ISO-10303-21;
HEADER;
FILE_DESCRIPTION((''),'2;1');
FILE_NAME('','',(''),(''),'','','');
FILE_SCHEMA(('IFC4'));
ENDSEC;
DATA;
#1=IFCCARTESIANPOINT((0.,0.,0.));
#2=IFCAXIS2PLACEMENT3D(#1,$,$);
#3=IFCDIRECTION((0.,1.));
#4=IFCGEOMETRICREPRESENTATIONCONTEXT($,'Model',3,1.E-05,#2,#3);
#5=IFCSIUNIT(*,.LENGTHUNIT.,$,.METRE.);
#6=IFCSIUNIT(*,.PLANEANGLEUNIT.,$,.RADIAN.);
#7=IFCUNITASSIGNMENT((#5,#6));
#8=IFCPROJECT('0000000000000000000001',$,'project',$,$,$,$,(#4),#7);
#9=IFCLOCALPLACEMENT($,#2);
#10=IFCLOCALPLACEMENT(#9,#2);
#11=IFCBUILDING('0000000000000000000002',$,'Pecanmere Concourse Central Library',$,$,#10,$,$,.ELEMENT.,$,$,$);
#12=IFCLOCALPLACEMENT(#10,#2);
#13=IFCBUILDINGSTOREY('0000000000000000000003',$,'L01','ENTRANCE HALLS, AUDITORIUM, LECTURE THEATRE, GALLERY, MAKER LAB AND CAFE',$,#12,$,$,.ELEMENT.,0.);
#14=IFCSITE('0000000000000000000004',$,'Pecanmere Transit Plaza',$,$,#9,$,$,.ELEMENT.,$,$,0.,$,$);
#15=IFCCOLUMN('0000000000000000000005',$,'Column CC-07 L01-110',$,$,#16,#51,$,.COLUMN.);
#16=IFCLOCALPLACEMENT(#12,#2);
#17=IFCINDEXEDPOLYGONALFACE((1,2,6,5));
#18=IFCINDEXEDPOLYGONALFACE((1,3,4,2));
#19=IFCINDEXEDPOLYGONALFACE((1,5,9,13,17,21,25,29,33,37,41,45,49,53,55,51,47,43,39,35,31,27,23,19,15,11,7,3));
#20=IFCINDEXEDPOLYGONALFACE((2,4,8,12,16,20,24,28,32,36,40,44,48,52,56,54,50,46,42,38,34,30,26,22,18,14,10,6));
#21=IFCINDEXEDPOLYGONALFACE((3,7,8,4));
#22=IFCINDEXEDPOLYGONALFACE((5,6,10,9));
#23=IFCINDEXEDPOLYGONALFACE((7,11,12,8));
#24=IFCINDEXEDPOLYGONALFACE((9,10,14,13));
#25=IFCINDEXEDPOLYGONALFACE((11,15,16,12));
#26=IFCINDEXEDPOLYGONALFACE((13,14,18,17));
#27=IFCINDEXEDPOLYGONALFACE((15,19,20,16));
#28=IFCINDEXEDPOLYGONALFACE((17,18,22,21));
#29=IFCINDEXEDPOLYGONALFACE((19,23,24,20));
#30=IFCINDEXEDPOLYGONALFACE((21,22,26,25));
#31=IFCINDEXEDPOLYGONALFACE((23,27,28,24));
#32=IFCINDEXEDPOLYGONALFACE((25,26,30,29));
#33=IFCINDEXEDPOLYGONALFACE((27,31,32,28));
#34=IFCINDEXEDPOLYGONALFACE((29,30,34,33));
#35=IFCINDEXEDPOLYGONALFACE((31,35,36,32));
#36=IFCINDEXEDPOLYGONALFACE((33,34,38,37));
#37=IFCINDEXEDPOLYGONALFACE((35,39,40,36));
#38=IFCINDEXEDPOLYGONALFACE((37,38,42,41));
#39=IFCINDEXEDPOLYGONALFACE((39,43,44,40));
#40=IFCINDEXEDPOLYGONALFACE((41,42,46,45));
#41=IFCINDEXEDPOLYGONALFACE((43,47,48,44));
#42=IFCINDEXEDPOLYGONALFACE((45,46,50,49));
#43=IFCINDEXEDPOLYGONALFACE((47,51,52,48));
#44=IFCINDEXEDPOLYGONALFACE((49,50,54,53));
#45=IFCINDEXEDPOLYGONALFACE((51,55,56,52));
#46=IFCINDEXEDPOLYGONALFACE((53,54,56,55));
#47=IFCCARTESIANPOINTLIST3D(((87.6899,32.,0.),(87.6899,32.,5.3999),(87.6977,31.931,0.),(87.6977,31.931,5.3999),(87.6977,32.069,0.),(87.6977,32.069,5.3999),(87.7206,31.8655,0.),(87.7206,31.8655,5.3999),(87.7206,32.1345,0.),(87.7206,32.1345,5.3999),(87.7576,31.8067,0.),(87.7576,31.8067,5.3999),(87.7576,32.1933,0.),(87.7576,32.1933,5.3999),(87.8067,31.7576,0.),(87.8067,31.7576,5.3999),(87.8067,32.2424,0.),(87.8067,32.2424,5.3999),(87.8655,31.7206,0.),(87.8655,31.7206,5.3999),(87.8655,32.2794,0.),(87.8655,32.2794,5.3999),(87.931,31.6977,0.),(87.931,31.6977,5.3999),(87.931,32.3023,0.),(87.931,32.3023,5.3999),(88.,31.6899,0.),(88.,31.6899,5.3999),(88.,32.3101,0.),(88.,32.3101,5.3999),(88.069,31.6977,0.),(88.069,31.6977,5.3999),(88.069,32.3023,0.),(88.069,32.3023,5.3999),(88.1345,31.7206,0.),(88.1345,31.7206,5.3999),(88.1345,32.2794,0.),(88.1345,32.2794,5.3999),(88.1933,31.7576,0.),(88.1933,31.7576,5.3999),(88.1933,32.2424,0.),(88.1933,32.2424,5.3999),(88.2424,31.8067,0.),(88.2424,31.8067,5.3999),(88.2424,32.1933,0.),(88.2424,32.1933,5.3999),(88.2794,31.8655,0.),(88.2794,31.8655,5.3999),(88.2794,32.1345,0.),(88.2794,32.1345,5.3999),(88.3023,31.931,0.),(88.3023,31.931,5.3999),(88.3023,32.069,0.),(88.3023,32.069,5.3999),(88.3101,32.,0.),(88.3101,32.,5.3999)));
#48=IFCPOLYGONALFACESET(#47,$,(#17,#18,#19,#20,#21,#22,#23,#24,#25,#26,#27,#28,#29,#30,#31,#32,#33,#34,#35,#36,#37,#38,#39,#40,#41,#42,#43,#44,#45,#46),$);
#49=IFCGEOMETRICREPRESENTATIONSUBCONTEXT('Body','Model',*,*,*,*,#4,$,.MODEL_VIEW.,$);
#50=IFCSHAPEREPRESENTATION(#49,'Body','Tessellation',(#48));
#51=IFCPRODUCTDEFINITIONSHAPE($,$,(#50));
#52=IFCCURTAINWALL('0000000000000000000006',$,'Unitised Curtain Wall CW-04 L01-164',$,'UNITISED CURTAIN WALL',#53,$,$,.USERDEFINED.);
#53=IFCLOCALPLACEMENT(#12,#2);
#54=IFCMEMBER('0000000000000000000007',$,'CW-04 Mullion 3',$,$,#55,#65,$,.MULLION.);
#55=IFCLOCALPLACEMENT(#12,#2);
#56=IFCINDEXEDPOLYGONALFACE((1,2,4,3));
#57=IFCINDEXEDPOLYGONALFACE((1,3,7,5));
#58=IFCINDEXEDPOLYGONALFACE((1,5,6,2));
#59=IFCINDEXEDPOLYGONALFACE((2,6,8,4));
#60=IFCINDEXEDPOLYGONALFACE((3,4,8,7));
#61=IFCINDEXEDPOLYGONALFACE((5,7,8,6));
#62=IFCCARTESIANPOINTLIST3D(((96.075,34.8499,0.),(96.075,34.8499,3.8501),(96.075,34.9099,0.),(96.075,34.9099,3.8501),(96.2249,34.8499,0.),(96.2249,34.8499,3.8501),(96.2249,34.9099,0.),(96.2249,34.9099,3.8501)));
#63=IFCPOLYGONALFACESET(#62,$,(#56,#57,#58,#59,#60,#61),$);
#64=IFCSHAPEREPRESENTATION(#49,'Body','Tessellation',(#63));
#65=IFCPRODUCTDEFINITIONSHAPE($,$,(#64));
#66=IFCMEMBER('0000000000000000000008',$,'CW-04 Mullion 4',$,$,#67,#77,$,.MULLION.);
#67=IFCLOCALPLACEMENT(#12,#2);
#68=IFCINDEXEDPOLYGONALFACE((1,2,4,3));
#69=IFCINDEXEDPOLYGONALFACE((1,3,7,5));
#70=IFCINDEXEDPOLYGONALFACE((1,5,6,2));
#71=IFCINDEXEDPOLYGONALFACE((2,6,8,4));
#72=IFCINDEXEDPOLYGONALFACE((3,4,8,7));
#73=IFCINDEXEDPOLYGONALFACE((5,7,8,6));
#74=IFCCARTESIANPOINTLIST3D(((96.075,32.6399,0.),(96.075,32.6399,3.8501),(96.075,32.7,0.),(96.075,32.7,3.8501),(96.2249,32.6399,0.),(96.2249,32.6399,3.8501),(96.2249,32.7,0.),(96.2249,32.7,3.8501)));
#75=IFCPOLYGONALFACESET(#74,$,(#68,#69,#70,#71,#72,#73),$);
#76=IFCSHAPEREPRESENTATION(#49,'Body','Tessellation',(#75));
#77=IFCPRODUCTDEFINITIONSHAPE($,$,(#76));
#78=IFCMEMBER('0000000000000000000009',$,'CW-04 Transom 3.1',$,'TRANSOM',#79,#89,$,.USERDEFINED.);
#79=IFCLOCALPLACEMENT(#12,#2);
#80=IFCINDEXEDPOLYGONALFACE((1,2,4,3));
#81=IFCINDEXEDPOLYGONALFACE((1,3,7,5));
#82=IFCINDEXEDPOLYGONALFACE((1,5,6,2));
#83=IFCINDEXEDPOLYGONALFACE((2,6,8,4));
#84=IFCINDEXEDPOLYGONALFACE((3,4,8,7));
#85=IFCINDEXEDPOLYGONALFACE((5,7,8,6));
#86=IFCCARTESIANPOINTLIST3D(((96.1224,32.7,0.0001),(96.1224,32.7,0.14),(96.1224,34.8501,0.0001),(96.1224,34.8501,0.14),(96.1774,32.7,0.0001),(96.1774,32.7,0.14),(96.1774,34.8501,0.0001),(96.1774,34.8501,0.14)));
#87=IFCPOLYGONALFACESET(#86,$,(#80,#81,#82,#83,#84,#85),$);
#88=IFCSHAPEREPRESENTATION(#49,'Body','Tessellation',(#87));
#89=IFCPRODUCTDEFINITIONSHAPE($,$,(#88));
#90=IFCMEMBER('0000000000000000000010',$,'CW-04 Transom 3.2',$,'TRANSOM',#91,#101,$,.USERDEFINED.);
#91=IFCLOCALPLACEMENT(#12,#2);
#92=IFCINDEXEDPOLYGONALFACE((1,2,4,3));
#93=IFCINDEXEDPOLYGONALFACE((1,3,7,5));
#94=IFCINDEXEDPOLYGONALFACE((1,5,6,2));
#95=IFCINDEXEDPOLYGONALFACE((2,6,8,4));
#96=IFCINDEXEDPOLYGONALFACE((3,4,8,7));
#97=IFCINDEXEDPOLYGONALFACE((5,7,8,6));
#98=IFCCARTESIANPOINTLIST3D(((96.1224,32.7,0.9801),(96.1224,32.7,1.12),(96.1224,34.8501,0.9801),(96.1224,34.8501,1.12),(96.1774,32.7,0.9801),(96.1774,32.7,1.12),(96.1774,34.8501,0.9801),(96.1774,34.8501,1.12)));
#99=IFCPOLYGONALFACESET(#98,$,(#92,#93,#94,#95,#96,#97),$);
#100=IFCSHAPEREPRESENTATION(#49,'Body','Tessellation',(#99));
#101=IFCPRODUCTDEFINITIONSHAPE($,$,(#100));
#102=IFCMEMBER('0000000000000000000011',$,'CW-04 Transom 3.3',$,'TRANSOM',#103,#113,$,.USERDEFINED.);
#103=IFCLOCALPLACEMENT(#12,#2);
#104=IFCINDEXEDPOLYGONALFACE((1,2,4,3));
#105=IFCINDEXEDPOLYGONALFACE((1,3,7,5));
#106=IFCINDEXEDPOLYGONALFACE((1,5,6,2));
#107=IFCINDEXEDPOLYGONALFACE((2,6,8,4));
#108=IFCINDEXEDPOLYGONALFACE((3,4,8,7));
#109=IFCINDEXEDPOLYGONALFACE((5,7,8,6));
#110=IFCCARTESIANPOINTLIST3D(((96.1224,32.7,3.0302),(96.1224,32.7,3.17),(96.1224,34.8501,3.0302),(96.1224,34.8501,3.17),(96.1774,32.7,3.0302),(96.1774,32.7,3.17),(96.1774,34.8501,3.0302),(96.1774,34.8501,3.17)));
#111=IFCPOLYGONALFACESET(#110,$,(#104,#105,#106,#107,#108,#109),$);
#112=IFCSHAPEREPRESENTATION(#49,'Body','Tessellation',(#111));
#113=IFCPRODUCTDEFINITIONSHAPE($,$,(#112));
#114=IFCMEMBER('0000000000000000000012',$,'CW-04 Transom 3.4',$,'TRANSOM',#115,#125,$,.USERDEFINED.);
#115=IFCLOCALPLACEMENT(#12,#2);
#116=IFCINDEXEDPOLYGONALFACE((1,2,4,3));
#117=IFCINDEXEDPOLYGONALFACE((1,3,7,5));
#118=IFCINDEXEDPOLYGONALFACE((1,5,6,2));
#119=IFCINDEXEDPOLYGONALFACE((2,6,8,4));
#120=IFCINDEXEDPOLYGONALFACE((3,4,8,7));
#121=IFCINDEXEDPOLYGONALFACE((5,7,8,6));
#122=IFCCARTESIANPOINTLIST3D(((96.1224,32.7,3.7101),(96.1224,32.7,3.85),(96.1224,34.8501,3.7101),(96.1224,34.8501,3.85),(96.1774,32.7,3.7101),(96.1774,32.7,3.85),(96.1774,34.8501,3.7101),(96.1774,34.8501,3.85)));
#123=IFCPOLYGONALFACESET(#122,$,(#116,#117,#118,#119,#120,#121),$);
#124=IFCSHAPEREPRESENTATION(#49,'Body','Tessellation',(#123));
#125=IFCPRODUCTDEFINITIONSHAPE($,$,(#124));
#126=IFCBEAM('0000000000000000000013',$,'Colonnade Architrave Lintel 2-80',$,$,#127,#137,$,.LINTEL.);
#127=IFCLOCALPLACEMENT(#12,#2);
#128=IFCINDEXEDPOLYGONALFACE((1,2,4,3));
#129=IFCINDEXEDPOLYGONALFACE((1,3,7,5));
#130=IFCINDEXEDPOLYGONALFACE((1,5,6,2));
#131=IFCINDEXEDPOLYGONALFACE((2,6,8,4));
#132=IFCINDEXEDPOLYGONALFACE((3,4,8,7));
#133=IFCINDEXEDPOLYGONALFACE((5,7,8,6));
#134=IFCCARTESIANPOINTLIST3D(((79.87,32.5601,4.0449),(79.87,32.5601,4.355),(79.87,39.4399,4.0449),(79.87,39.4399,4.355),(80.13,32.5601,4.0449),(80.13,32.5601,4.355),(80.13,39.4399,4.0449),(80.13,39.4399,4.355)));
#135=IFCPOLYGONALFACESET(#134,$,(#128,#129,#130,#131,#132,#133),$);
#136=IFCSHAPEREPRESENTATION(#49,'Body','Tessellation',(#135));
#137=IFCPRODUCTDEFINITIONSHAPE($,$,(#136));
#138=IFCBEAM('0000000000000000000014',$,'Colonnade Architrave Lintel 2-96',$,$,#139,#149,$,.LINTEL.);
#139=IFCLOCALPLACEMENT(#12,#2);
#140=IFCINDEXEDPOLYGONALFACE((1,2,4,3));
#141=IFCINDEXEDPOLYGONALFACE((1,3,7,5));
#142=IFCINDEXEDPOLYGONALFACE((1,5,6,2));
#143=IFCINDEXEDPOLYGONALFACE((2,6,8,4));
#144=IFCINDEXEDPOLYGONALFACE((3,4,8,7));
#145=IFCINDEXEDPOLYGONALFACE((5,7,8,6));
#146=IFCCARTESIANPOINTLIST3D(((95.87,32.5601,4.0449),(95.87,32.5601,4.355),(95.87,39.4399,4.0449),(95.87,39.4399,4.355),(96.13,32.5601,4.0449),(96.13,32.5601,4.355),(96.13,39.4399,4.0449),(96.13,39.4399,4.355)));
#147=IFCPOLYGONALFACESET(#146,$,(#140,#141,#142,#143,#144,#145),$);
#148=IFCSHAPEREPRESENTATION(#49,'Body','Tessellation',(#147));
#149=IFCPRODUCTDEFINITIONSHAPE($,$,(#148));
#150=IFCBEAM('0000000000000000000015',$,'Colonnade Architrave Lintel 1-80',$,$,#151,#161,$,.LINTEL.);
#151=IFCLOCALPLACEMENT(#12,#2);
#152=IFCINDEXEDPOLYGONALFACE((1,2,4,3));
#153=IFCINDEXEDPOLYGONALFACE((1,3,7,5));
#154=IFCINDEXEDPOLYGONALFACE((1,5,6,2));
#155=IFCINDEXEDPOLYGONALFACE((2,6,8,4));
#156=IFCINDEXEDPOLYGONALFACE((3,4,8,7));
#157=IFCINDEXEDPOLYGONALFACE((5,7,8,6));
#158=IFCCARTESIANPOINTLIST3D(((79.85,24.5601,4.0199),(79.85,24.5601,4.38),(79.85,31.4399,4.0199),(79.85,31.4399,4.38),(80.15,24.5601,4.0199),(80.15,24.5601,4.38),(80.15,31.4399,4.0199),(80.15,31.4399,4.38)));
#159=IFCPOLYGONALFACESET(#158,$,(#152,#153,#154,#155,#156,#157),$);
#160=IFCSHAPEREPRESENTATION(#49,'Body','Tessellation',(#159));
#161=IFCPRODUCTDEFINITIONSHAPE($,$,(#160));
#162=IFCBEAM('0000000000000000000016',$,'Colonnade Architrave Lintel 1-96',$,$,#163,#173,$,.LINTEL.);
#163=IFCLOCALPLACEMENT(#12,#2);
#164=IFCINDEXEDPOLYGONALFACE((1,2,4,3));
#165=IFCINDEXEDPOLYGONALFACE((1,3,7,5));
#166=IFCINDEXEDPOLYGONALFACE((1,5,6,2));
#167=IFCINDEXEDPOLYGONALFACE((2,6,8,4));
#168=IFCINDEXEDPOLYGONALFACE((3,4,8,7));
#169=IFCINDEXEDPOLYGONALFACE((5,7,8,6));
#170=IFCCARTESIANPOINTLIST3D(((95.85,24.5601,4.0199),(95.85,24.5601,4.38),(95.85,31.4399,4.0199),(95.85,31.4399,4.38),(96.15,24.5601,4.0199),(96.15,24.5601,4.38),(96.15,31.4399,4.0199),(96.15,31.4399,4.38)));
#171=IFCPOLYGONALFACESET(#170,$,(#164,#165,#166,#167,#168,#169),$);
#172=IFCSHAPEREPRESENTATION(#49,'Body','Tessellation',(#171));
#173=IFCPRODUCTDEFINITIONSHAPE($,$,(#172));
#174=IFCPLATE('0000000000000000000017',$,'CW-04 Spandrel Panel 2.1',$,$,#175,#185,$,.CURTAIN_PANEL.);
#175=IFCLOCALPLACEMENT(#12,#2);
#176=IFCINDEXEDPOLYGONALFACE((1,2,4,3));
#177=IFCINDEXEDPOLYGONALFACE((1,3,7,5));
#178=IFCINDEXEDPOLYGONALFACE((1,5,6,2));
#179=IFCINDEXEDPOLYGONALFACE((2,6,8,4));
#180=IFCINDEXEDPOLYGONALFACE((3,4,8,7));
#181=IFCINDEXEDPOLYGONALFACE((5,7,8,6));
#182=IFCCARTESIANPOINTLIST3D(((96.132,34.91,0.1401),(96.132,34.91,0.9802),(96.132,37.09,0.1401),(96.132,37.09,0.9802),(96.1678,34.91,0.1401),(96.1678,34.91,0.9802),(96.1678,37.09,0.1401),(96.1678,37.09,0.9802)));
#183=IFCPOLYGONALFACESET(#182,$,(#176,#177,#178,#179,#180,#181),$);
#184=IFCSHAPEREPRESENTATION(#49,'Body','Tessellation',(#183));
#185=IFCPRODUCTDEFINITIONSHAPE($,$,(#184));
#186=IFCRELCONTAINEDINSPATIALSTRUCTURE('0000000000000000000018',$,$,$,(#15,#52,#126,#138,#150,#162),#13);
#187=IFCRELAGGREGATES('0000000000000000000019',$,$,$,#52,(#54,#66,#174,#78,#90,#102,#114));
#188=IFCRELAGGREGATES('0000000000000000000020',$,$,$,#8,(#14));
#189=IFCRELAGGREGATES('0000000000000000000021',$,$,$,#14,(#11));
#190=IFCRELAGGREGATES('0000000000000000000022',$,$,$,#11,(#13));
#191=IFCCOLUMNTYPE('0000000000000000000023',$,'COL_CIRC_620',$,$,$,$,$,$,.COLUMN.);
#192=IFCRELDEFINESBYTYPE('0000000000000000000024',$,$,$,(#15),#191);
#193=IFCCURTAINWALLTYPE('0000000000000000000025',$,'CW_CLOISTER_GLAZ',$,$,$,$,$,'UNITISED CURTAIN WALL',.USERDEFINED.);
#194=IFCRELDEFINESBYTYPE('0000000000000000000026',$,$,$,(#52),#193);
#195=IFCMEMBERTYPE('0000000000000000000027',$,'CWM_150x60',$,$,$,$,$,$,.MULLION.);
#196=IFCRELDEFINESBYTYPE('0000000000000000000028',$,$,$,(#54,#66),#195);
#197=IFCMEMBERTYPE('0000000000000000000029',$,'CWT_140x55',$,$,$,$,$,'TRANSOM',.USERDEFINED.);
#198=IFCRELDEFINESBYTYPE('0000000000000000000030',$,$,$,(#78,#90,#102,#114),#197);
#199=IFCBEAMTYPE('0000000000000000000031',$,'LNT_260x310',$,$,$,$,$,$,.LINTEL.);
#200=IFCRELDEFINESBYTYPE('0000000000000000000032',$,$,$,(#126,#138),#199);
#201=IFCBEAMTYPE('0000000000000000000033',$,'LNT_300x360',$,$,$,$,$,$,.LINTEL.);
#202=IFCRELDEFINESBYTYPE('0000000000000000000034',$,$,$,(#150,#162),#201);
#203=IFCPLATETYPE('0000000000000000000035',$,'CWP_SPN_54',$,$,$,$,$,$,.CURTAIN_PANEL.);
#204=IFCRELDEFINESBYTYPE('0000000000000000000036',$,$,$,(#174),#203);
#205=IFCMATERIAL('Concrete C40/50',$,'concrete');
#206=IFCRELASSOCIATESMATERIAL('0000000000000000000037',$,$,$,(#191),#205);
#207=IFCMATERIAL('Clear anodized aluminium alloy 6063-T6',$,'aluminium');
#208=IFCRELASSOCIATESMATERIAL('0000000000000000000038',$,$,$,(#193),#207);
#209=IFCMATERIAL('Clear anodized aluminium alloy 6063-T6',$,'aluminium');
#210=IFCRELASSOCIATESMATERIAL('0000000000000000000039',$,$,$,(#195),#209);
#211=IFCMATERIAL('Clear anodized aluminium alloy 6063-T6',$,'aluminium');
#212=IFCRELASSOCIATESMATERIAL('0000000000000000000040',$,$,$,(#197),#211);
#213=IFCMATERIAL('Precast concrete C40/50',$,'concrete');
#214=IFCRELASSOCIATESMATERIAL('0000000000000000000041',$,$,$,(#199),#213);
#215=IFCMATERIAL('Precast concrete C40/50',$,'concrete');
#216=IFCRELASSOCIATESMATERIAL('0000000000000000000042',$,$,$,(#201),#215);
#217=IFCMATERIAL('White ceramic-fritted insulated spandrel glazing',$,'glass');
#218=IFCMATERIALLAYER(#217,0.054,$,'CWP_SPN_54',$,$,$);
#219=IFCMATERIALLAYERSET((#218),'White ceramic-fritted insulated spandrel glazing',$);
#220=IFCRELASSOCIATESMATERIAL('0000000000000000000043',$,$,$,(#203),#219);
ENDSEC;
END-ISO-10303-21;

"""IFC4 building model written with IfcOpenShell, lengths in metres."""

from ifc_helpers import new_model, si_unit, direction, frame, origin, origin_2d, place, context, subcontext, project, spatial, rectangle, circle, extrude, material, layer, layer_set, material_profile, profile_set, type_object, element, aggregate, save


model = new_model("IFC4")

# Units and contexts
model_context = context("Model", 3, precision=1e-05, world=origin(), true_north=direction((0.0, 1.0)))
body_context = subcontext(model_context, "Body", "Model", "MODEL_VIEW")
ifc_project = project(units=[si_unit("LENGTHUNIT", "METRE"), si_unit("PLANEANGLEUNIT", "RADIAN")], contexts=[model_context])

# Site, building, storey
site_placement = place(None, origin())
site = spatial("IfcSite", under=ifc_project, at=site_placement, Name="Pecanmere Transit Plaza", CompositionType="ELEMENT", RefElevation=0.0)
building_placement = place(site_placement, origin())
building = spatial("IfcBuilding", under=site, at=building_placement, Name="Pecanmere Concourse Central Library", CompositionType="ELEMENT")
storey_placement = place(building_placement, origin())
storey = spatial("IfcBuildingStorey", under=building, at=storey_placement, Name="L01", Description="ENTRANCE HALLS, AUDITORIUM, LECTURE THEATRE, GALLERY, MAKER LAB AND CAFE", CompositionType="ELEMENT", Elevation=0.0)

# Column
ifc_material_1 = material(Name="Concrete C40/50", Category="concrete")
ifc_material_profile_1 = material_profile(ifc_material_1, circle(Radius=0.3101, at=origin_2d()), Name="RC D620")
ifc_profile_set_1 = profile_set([ifc_material_profile_1], Name="Concrete C40/50")
column_type_1 = type_object("IfcColumnType", Name="COL_CIRC_620", PredefinedType="COLUMN", material=ifc_profile_set_1)
column_placement = place(storey_placement, frame((88.0, 32.0, 0.0), z_axis=(0.0, 0.0, 1.0), x_axis=(1.0, 0.0, 0.0)))
element("IfcColumn", 1, at=column_placement, inside=storey, type_object=column_type_1, Name="Column CC-07 L01-110", PredefinedType="COLUMN", context=body_context, shape_type="SweptSolid", body=[
    extrude(circle(Radius=0.3101, at=origin_2d()), origin(), (0.0, 0.0, 1.0), 5.3999),
])

# Curtain wall, members
ifc_material_2 = material(Name="Clear anodized aluminium alloy 6063-T6", Category="aluminium")
curtain_wall_type = type_object("IfcCurtainWallType", Name="CW_CLOISTER_GLAZ", ElementType="UNITISED CURTAIN WALL", PredefinedType="USERDEFINED", material=ifc_material_2)
curtain_wall_placement = place(storey_placement, origin())
curtain_wall = element("IfcCurtainWall", 2, at=curtain_wall_placement, inside=storey, type_object=curtain_wall_type, Name="Unitised Curtain Wall CW-04 L01-164", ObjectType="UNITISED CURTAIN WALL", PredefinedType="USERDEFINED")
ifc_material_3 = material(Name="Clear anodized aluminium alloy 6063-T6", Category="aluminium")
ifc_material_profile_2 = material_profile(ifc_material_3, rectangle(XDim=0.0601, YDim=0.1499, at=origin_2d()), Name="AL 60x150")
ifc_profile_set_2 = profile_set([ifc_material_profile_2], Name="Clear anodized aluminium alloy 6063-T6")
member_type_1 = type_object("IfcMemberType", Name="CWM_150x60", PredefinedType="MULLION", material=ifc_profile_set_2)
member_1_placement = place(storey_placement, frame((96.1499, 34.8799, 0.0), z_axis=(0.0, 0.0, 1.0), x_axis=(0.0, -1.0, 0.0)))
member_1 = element("IfcMember", 3, at=member_1_placement, type_object=member_type_1, Name="CW-04 Mullion 3", PredefinedType="MULLION", context=body_context, shape_type="SweptSolid", body=[
    extrude(rectangle(XDim=0.0601, YDim=0.1499, at=origin_2d()), origin(), (0.0, 0.0, 1.0), 3.8501),
])
member_2_placement = place(storey_placement, frame((96.1499, 32.6699, 0.0), z_axis=(0.0, 0.0, 1.0), x_axis=(0.0, -1.0, 0.0)))
member_2 = element("IfcMember", 4, at=member_2_placement, type_object=member_type_1, Name="CW-04 Mullion 4", PredefinedType="MULLION", context=body_context, shape_type="SweptSolid", body=[
    extrude(rectangle(XDim=0.0601, YDim=0.1499, at=origin_2d()), origin(), (0.0, 0.0, 1.0), 3.8501),
])
ifc_material_4 = material(Name="Clear anodized aluminium alloy 6063-T6", Category="aluminium")
ifc_material_profile_3 = material_profile(ifc_material_4, rectangle(XDim=0.0549, YDim=0.1399, at=origin_2d()), Name="AL 55x140")
ifc_profile_set_3 = profile_set([ifc_material_profile_3], Name="Clear anodized aluminium alloy 6063-T6")
member_type_2 = type_object("IfcMemberType", Name="CWT_140x55", ElementType="TRANSOM", PredefinedType="USERDEFINED", material=ifc_profile_set_3)
member_3_placement = place(storey_placement, frame((96.1499, 34.8501, 0.0701), z_axis=(0.0, -1.0, 0.0), x_axis=(1.0, 0.0, 0.0)))
member_3 = element("IfcMember", 5, at=member_3_placement, type_object=member_type_2, Name="CW-04 Transom 3.1", ObjectType="TRANSOM", PredefinedType="USERDEFINED", context=body_context, shape_type="SweptSolid", body=[
    extrude(rectangle(XDim=0.0549, YDim=0.1399, at=origin_2d()), origin(), (0.0, 0.0, 1.0), 2.1501),
])
member_4_placement = place(storey_placement, frame((96.1499, 34.8501, 1.05), z_axis=(0.0, -1.0, 0.0), x_axis=(1.0, 0.0, 0.0)))
member_4 = element("IfcMember", 6, at=member_4_placement, type_object=member_type_2, Name="CW-04 Transom 3.2", ObjectType="TRANSOM", PredefinedType="USERDEFINED", context=body_context, shape_type="SweptSolid", body=[
    extrude(rectangle(XDim=0.0549, YDim=0.1399, at=origin_2d()), origin(), (0.0, 0.0, 1.0), 2.1501),
])
member_5_placement = place(storey_placement, frame((96.1499, 34.8501, 3.1001), z_axis=(0.0, -1.0, 0.0), x_axis=(1.0, 0.0, 0.0)))
member_5 = element("IfcMember", 7, at=member_5_placement, type_object=member_type_2, Name="CW-04 Transom 3.3", ObjectType="TRANSOM", PredefinedType="USERDEFINED", context=body_context, shape_type="SweptSolid", body=[
    extrude(rectangle(XDim=0.0549, YDim=0.1399, at=origin_2d()), origin(), (0.0, 0.0, 1.0), 2.1501),
])
member_6_placement = place(storey_placement, frame((96.1499, 34.8501, 3.78), z_axis=(0.0, -1.0, 0.0), x_axis=(1.0, 0.0, 0.0)))
member_6 = element("IfcMember", 8, at=member_6_placement, type_object=member_type_2, Name="CW-04 Transom 3.4", ObjectType="TRANSOM", PredefinedType="USERDEFINED", context=body_context, shape_type="SweptSolid", body=[
    extrude(rectangle(XDim=0.0549, YDim=0.1399, at=origin_2d()), origin(), (0.0, 0.0, 1.0), 2.1501),
])

# Beams
ifc_material_5 = material(Name="Precast concrete C40/50", Category="concrete")
ifc_material_profile_4 = material_profile(ifc_material_5, rectangle(XDim=0.26, YDim=0.3101, at=origin_2d()), Name="RC 260x310")
ifc_profile_set_4 = profile_set([ifc_material_profile_4], Name="Precast concrete C40/50")
beam_type_1 = type_object("IfcBeamType", Name="LNT_260x310", PredefinedType="LINTEL", material=ifc_profile_set_4)
for number, where, z_axis, x_axis, name in (
    (9, (80.0, 32.5601, 4.2), (0.0, 1.0, 0.0), (-1.0, 0.0, 0.0), "Colonnade Architrave Lintel 2-80"),
    (10, (96.0, 32.5601, 4.2), (0.0, 1.0, 0.0), (-1.0, 0.0, 0.0), "Colonnade Architrave Lintel 2-96"),
):
    element("IfcBeam", number, at=place(storey_placement, frame(where, z_axis=z_axis, x_axis=x_axis)), inside=storey, type_object=beam_type_1, Name=name, PredefinedType="LINTEL", context=body_context, shape_type="SweptSolid", body=[
        extrude(rectangle(XDim=0.26, YDim=0.3101, at=origin_2d()), origin(), (0.0, 0.0, 1.0), 6.8799),
    ])
ifc_material_6 = material(Name="Precast concrete C40/50", Category="concrete")
ifc_material_profile_5 = material_profile(ifc_material_6, rectangle(XDim=0.3, YDim=0.3601, at=origin_2d()), Name="RC 300x360")
ifc_profile_set_5 = profile_set([ifc_material_profile_5], Name="Precast concrete C40/50")
beam_type_2 = type_object("IfcBeamType", Name="LNT_300x360", PredefinedType="LINTEL", material=ifc_profile_set_5)
for number, where, z_axis, x_axis, name in (
    (11, (80.0, 24.5601, 4.2), (0.0, 1.0, 0.0), (-1.0, 0.0, 0.0), "Colonnade Architrave Lintel 1-80"),
    (12, (96.0, 24.5601, 4.2), (0.0, 1.0, 0.0), (-1.0, 0.0, 0.0), "Colonnade Architrave Lintel 1-96"),
):
    element("IfcBeam", number, at=place(storey_placement, frame(where, z_axis=z_axis, x_axis=x_axis)), inside=storey, type_object=beam_type_2, Name=name, PredefinedType="LINTEL", context=body_context, shape_type="SweptSolid", body=[
        extrude(rectangle(XDim=0.3, YDim=0.3601, at=origin_2d()), origin(), (0.0, 0.0, 1.0), 6.8799),
    ])

# Plate
ifc_material_7 = material(Name="White ceramic-fritted insulated spandrel glazing", Category="glass")
ifc_layer_1 = layer(ifc_material_7, 0.054, Name="CWP_SPN_54")
ifc_layer_set_1 = layer_set([ifc_layer_1], Name="White ceramic-fritted insulated spandrel glazing")
plate_type_1 = type_object("IfcPlateType", Name="CWP_SPN_54", PredefinedType="CURTAIN_PANEL", material=ifc_layer_set_1)
plate_1_placement = place(storey_placement, frame((96.1499, 36.0, 0.1401), z_axis=(0.0, 0.0, 1.0), x_axis=(0.0, -1.0, 0.0)))
plate_1 = element("IfcPlate", 13, at=plate_1_placement, type_object=plate_type_1, Name="CW-04 Spandrel Panel 2.1", PredefinedType="CURTAIN_PANEL", context=body_context, shape_type="SweptSolid", body=[
    extrude(rectangle(XDim=2.1799, YDim=0.0359, at=origin_2d()), origin(), (0.0, 0.0, 1.0), 0.8401),
])
aggregate(curtain_wall, [member_1, member_2, plate_1, member_3, member_4, member_5, member_6])

save(model, "model.ifc")
